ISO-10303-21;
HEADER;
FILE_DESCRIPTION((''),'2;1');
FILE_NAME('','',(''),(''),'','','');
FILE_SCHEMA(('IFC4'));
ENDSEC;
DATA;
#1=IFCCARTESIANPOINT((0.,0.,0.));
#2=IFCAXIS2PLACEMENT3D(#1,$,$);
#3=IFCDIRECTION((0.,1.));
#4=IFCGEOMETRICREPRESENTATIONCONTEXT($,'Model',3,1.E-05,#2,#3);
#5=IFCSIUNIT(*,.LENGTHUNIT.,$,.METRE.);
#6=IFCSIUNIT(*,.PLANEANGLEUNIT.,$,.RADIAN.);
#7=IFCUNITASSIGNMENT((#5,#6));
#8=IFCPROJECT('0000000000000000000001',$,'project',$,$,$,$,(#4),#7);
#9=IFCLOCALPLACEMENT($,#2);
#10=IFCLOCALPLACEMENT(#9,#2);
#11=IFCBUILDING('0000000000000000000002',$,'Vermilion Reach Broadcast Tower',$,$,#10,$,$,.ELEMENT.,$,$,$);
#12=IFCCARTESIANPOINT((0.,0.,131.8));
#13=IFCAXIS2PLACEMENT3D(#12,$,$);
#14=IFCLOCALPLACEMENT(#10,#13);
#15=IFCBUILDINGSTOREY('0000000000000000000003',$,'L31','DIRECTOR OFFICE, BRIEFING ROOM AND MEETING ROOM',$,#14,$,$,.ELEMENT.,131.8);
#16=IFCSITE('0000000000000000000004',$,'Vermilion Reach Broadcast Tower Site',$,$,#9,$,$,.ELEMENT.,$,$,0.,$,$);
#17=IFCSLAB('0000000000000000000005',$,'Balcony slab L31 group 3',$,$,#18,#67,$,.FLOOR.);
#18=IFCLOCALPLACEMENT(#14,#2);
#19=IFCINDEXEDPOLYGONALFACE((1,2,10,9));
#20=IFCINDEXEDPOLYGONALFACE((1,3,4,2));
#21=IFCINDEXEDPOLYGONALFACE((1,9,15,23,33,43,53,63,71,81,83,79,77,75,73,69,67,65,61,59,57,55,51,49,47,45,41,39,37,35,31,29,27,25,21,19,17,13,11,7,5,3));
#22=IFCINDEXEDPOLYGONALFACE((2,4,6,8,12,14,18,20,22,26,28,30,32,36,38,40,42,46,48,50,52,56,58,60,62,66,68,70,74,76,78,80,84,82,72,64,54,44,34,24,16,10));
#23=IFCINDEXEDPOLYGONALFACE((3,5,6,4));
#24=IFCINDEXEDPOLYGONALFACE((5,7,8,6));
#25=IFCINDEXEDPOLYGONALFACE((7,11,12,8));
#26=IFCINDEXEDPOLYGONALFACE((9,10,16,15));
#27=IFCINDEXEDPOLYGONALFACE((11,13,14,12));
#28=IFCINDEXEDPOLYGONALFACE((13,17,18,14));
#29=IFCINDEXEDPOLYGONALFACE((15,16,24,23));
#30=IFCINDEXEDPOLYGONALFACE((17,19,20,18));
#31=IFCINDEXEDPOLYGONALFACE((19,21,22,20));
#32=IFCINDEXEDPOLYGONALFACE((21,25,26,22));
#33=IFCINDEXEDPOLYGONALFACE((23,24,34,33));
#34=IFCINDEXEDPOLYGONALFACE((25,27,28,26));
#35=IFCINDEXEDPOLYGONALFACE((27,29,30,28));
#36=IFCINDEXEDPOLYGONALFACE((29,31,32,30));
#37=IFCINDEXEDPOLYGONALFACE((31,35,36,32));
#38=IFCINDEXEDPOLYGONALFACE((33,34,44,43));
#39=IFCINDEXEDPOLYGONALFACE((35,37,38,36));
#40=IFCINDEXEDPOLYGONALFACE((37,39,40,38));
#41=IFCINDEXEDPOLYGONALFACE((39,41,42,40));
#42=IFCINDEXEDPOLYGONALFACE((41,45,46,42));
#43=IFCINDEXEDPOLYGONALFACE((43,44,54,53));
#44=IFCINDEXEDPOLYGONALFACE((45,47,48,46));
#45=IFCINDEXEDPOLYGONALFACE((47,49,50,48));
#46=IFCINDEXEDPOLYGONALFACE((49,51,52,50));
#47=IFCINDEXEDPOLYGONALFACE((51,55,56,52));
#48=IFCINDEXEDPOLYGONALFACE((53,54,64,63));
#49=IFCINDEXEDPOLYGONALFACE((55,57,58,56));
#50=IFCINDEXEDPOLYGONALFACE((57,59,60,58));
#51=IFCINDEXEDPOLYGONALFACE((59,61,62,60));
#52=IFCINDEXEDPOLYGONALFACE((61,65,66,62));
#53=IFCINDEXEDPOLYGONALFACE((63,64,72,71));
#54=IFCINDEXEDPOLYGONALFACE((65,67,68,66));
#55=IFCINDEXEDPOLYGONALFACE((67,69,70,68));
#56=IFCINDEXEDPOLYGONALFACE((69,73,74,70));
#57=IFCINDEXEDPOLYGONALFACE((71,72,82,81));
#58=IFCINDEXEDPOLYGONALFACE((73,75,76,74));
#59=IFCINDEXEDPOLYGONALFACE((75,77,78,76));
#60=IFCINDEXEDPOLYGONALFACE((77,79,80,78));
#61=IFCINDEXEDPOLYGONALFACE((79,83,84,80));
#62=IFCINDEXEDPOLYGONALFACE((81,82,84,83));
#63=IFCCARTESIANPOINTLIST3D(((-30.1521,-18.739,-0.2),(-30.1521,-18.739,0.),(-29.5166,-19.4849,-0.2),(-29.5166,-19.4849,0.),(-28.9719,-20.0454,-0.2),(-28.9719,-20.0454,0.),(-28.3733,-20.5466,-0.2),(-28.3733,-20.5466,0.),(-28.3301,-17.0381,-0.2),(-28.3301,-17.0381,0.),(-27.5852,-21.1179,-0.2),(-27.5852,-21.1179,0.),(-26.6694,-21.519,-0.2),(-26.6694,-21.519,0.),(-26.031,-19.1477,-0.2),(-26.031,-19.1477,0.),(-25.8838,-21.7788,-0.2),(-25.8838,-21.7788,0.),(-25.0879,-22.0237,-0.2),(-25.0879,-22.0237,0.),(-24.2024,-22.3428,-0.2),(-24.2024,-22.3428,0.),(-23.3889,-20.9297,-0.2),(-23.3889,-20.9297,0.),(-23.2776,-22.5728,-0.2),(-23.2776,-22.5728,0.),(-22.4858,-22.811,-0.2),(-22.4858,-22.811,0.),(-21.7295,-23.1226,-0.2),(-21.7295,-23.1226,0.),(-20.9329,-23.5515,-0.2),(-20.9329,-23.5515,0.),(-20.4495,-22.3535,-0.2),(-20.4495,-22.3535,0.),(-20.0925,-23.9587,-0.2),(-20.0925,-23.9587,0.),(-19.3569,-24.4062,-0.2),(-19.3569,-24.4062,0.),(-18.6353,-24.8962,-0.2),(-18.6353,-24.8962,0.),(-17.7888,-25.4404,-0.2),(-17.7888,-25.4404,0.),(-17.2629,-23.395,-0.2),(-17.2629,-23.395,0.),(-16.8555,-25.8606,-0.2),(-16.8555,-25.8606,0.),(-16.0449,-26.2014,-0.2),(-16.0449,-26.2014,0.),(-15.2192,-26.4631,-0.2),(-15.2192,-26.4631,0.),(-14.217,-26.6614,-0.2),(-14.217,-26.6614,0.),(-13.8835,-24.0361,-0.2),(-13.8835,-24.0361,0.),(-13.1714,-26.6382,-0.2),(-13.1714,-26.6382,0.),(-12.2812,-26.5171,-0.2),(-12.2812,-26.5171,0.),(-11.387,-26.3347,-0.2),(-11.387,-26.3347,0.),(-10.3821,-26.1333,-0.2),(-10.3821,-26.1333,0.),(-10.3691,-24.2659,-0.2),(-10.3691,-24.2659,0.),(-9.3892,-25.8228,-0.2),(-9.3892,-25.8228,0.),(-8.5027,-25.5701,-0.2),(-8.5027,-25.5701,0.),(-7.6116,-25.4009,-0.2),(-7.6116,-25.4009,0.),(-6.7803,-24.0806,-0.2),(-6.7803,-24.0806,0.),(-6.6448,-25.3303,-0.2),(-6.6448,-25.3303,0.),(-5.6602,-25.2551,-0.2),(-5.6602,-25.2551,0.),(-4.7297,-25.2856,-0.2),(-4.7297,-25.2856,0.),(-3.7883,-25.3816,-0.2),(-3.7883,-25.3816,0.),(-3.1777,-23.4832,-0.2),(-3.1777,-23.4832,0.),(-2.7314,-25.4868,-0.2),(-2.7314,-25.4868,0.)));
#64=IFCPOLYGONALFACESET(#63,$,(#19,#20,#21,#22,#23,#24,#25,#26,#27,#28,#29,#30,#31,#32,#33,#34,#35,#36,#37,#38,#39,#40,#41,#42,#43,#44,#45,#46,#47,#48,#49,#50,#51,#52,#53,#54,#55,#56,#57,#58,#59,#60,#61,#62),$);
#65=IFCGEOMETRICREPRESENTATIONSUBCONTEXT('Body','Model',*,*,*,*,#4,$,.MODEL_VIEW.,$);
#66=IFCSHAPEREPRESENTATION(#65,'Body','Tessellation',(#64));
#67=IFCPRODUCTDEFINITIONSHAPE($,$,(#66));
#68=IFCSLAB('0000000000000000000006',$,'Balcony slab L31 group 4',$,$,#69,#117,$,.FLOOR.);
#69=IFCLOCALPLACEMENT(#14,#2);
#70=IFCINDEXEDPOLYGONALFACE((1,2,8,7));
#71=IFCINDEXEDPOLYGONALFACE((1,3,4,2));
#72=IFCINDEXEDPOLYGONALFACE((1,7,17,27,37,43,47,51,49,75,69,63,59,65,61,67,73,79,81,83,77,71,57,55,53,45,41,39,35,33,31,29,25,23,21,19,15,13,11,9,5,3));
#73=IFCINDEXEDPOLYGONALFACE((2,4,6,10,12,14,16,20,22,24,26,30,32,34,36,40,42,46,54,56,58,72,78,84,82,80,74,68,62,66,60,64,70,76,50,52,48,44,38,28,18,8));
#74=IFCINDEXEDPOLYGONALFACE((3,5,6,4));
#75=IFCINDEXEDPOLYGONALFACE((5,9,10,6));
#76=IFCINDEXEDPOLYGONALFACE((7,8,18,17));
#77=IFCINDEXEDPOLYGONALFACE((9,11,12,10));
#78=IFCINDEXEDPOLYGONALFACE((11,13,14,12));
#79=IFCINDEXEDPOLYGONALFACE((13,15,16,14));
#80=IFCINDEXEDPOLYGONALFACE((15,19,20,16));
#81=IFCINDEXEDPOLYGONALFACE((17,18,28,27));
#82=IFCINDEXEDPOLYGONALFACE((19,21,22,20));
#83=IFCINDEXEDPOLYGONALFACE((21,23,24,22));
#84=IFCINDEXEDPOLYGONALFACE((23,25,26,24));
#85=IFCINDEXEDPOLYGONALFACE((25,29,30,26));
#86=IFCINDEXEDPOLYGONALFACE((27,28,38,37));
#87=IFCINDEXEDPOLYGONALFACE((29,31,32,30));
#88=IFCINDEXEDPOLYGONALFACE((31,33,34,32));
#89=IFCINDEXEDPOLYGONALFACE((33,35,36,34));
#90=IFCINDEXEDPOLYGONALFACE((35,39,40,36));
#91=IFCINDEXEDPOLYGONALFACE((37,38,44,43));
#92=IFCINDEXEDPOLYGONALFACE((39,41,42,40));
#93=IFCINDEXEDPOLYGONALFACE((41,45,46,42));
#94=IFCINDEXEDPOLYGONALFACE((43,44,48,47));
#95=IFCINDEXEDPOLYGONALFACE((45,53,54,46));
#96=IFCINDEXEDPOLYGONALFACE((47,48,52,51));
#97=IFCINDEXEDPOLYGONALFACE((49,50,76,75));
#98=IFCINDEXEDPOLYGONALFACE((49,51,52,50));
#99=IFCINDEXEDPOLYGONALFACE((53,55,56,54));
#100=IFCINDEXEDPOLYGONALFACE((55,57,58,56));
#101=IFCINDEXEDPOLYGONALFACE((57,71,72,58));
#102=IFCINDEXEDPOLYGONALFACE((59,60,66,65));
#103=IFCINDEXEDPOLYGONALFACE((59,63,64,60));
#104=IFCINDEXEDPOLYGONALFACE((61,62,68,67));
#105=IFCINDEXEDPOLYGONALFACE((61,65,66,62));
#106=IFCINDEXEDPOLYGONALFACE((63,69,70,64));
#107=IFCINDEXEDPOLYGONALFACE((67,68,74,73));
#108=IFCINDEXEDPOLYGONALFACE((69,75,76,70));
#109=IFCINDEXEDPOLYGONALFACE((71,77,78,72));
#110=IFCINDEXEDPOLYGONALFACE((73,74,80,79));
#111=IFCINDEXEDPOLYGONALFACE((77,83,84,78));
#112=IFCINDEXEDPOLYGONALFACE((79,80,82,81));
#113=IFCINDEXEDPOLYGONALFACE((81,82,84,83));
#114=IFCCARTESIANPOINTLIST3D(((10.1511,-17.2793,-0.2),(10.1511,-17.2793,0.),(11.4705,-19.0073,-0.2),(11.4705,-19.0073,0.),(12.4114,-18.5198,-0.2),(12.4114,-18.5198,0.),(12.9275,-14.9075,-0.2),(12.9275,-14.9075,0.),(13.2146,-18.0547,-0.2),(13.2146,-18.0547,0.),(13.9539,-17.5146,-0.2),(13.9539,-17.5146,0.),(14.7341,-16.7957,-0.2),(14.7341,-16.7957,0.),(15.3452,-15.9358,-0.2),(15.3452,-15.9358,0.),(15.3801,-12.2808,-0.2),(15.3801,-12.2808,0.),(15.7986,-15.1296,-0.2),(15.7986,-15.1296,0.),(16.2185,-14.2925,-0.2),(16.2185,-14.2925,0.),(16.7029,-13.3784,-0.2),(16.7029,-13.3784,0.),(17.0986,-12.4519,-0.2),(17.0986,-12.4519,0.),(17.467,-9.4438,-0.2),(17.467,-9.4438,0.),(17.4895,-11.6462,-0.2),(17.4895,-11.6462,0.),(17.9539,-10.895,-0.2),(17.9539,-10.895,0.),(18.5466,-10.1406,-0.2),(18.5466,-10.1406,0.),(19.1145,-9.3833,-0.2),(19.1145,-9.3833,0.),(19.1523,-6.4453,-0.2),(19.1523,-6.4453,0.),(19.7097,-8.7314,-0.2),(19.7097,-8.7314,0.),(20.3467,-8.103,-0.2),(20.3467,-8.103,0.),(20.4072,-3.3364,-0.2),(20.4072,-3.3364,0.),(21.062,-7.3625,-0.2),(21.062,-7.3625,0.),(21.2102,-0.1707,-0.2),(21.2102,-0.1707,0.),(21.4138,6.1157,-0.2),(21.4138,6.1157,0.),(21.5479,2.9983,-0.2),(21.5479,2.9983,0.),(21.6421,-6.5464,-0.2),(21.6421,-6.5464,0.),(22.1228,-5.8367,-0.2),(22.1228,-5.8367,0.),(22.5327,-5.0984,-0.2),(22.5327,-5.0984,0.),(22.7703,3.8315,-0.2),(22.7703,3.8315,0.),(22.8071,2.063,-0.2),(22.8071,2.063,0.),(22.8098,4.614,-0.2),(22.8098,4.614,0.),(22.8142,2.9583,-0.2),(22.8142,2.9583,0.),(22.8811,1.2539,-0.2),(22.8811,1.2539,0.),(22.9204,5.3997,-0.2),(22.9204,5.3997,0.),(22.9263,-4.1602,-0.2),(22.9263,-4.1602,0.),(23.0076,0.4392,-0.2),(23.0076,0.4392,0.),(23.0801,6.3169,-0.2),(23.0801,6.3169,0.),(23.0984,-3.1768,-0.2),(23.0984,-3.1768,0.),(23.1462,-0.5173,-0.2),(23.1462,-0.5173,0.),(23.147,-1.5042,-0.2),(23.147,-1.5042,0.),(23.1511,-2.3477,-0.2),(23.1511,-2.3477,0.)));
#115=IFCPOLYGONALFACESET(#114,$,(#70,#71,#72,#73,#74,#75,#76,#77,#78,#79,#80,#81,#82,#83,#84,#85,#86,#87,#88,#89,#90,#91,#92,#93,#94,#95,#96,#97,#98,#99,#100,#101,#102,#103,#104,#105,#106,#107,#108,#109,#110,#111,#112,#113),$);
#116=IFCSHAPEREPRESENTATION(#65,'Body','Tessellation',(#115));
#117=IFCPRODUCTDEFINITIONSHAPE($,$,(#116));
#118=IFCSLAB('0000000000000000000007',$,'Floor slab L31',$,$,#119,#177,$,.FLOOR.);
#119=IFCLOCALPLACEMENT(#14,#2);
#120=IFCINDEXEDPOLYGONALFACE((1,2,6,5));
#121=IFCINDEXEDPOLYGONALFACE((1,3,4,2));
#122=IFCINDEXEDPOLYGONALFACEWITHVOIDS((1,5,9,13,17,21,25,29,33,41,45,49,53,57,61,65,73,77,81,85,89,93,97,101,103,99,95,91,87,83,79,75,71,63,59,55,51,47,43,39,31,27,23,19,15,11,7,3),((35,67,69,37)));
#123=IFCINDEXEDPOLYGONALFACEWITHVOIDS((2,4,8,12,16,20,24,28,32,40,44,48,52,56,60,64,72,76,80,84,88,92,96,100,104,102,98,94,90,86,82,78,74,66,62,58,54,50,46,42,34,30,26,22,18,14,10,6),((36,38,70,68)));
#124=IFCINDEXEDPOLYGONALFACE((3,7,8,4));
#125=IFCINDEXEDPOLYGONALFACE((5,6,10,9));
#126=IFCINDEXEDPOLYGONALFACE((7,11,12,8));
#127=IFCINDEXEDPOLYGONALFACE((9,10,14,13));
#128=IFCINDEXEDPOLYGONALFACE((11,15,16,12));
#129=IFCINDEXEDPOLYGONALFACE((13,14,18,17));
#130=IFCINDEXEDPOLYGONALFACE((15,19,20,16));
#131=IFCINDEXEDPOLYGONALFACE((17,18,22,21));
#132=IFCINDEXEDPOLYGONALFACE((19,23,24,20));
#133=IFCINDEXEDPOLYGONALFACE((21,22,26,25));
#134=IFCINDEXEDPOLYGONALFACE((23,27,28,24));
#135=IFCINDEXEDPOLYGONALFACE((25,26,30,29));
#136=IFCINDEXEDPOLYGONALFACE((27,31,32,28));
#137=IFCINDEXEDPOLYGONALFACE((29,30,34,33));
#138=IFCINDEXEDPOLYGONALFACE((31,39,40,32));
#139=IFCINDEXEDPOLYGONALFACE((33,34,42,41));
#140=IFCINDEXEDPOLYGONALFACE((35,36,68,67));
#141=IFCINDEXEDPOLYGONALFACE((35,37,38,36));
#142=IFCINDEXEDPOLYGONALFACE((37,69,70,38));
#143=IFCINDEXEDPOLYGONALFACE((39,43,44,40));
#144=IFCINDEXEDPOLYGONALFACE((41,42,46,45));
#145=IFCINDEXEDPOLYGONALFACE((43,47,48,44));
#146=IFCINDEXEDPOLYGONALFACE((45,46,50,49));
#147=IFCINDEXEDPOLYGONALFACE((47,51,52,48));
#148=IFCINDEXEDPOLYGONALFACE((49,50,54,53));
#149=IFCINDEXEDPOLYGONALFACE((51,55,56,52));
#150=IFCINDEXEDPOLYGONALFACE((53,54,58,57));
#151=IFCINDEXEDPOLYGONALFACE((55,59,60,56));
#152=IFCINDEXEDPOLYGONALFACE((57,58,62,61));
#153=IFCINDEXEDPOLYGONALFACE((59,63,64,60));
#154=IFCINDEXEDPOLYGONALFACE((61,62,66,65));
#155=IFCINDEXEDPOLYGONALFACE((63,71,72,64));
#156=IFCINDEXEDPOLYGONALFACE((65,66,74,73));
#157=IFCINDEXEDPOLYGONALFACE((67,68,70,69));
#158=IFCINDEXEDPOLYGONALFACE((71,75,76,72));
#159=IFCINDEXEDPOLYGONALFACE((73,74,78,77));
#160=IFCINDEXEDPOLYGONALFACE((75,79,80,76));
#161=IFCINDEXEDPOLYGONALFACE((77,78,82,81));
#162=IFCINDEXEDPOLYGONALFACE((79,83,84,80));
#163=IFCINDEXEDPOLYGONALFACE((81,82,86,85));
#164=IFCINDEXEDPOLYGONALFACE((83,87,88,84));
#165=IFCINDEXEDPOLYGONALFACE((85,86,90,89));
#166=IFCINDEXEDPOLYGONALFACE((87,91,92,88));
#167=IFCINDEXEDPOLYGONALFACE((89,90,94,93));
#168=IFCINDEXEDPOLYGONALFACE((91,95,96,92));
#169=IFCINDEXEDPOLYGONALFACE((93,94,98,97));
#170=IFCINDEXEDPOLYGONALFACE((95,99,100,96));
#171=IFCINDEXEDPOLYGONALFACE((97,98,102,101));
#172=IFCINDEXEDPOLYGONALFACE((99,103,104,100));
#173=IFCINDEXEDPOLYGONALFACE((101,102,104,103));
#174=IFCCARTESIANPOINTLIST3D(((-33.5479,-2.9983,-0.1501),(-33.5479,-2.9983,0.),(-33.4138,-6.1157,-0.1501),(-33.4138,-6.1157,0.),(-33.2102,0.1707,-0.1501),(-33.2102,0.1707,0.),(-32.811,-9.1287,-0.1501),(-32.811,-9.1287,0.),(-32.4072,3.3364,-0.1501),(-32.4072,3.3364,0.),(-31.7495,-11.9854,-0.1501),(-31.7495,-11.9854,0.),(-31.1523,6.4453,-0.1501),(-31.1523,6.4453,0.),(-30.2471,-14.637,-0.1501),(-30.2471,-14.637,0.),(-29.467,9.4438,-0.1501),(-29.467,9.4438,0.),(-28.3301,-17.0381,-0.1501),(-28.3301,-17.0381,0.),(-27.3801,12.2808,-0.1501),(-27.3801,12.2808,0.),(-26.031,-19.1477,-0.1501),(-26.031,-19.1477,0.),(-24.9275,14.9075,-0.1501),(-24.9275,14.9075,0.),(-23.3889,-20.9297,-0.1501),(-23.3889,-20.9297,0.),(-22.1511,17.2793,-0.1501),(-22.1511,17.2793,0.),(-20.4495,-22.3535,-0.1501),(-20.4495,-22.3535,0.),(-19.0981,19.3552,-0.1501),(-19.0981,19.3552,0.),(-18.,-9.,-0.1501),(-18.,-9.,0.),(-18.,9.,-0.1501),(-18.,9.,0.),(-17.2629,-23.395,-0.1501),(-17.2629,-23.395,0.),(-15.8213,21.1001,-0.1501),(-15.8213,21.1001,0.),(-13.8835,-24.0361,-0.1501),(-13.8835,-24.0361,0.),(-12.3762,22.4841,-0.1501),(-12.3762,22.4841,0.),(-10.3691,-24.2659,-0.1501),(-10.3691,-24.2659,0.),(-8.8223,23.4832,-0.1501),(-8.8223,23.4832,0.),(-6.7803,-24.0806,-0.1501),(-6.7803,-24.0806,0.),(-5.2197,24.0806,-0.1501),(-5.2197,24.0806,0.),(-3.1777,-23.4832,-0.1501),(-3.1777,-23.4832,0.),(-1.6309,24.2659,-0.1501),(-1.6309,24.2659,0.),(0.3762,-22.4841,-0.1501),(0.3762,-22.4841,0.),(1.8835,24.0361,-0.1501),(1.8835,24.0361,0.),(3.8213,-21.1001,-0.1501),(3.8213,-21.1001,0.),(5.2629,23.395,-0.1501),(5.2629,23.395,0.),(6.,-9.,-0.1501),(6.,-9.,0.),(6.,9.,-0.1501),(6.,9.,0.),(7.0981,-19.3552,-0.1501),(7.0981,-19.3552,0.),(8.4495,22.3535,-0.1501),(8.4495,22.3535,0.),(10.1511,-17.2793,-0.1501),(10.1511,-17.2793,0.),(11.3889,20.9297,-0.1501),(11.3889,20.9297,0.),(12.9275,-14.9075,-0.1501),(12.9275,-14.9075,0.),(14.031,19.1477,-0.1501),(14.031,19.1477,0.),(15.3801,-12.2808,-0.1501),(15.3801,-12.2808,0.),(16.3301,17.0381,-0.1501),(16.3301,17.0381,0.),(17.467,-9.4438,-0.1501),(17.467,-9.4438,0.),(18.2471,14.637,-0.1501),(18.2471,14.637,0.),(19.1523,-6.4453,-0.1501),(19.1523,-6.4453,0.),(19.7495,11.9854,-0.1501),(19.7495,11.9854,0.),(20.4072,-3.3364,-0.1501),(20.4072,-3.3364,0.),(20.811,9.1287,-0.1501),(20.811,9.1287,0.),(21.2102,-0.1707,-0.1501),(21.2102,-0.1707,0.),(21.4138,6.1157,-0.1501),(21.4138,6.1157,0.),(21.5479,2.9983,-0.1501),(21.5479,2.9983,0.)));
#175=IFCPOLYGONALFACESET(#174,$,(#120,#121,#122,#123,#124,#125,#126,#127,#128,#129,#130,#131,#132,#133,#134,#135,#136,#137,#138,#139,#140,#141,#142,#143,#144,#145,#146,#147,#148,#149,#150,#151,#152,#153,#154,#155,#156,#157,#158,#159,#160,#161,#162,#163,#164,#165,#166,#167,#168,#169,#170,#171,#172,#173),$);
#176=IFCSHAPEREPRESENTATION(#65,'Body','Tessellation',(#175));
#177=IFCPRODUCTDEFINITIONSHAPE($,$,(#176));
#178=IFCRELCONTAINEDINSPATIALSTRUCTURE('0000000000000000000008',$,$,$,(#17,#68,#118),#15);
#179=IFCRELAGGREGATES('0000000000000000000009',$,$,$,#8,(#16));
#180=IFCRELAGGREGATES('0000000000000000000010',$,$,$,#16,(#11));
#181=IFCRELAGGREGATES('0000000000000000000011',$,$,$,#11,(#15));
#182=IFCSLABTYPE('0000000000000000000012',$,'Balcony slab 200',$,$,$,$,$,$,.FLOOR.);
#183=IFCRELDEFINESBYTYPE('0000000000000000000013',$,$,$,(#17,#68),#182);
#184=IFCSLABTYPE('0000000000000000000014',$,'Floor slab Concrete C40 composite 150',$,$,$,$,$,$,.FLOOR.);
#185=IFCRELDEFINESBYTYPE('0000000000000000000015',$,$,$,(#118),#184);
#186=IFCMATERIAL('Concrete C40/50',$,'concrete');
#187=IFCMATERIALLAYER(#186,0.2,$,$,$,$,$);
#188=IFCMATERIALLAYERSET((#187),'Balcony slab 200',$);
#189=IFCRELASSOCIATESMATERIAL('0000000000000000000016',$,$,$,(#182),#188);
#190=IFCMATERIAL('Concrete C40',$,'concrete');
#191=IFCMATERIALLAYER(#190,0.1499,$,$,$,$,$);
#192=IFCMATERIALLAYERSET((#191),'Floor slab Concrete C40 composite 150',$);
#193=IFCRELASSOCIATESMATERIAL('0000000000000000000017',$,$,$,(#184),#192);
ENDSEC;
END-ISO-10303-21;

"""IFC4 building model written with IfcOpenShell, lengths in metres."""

from ifc_helpers import new_model, si_unit, direction, frame, origin, place, context, subcontext, project, spatial, polyline, outline, extrude, material, layer, layer_set, type_object, element, save


model = new_model("IFC4")

# Units and contexts
model_context = context("Model", 3, precision=1e-05, world=origin(), true_north=direction((0.0, 1.0)))
body_context = subcontext(model_context, "Body", "Model", "MODEL_VIEW")
ifc_project = project(units=[si_unit("LENGTHUNIT", "METRE"), si_unit("PLANEANGLEUNIT", "RADIAN")], contexts=[model_context])

# Site, building, storey
site_placement = place(None, origin())
site = spatial("IfcSite", under=ifc_project, at=site_placement, Name="Vermilion Reach Broadcast Tower Site", CompositionType="ELEMENT", RefElevation=0.0)
building_placement = place(site_placement, origin())
building = spatial("IfcBuilding", under=site, at=building_placement, Name="Vermilion Reach Broadcast Tower", CompositionType="ELEMENT")
storey_placement = place(building_placement, frame((0.0, 0.0, 131.8)))
storey = spatial("IfcBuildingStorey", under=building, at=storey_placement, Name="L31", Description="DIRECTOR OFFICE, BRIEFING ROOM AND MEETING ROOM", CompositionType="ELEMENT", Elevation=131.8)

# Slabs
ifc_material_1 = material(Name="Concrete C40/50", Category="concrete")
ifc_layer_1 = layer(ifc_material_1, 0.2)
ifc_layer_set_1 = layer_set([ifc_layer_1], Name="Balcony slab 200")
slab_type_1 = type_object("IfcSlabType", Name="Balcony slab 200", PredefinedType="FLOOR", material=ifc_layer_set_1)
placement_1 = place(storey_placement, frame((0.0, 0.0, -0.2)))
element("IfcSlab", 1, at=placement_1, inside=storey, type_object=slab_type_1, Name="Balcony slab L31 group 3", PredefinedType="FLOOR", context=body_context, shape_type="SweptSolid", body=[
    extrude(outline(polyline([(-28.3301, -17.0381), (-26.031, -19.1477), (-23.3889, -20.9297), (-20.4495, -22.3535), (-17.2629, -23.395), (-13.8835, -24.0361), (-10.3691, -24.2659), (-6.7803, -24.0806), (-3.1777, -23.4832), (-2.7314, -25.4868), (-3.7883, -25.3816), (-4.7297, -25.2856), (-5.6602, -25.2551), (-6.6448, -25.3303), (-7.6116, -25.4009), (-8.5027, -25.5701), (-9.3892, -25.8228), (-10.3821, -26.1333), (-11.387, -26.3347), (-12.2812, -26.5171), (-13.1714, -26.6382), (-14.217, -26.6614), (-15.2192, -26.4631), (-16.0449, -26.2014), (-16.8555, -25.8606), (-17.7888, -25.4404), (-18.6353, -24.8962), (-19.3569, -24.4062), (-20.0925, -23.9587), (-20.9329, -23.5515), (-21.7295, -23.1226), (-22.4858, -22.811), (-23.2776, -22.5728), (-24.2024, -22.3428), (-25.0879, -22.0237), (-25.8838, -21.7788), (-26.6694, -21.519), (-27.5852, -21.1179), (-28.3733, -20.5466), (-28.9719, -20.0454), (-29.5166, -19.4849), (-30.1521, -18.739), (-28.3301, -17.0381)])), origin(), (0.0, 0.0, 1.0), 0.2),
])
element("IfcSlab", 2, at=placement_1, inside=storey, type_object=slab_type_1, Name="Balcony slab L31 group 4", PredefinedType="FLOOR", context=body_context, shape_type="SweptSolid", body=[
    extrude(outline(polyline([(10.1511, -17.2793), (12.9275, -14.9075), (15.3801, -12.2808), (17.467, -9.4438), (19.1523, -6.4453), (20.4072, -3.3364), (21.2102, -0.1707), (21.5479, 2.9983), (21.4138, 6.1157), (23.0801, 6.3169), (22.9204, 5.3997), (22.8098, 4.614), (22.7703, 3.8315), (22.8142, 2.9583), (22.8071, 2.063), (22.8811, 1.2539), (23.0076, 0.4392), (23.1462, -0.5173), (23.147, -1.5042), (23.1511, -2.3477), (23.0984, -3.1768), (22.9263, -4.1602), (22.5327, -5.0984), (22.1228, -5.8367), (21.6421, -6.5464), (21.062, -7.3625), (20.3467, -8.103), (19.7097, -8.7314), (19.1145, -9.3833), (18.5466, -10.1406), (17.9539, -10.895), (17.4895, -11.6462), (17.0986, -12.4519), (16.7029, -13.3784), (16.2185, -14.2925), (15.7986, -15.1296), (15.3452, -15.9358), (14.7341, -16.7957), (13.9539, -17.5146), (13.2146, -18.0547), (12.4114, -18.5198), (11.4705, -19.0073), (10.1511, -17.2793)])), origin(), (0.0, 0.0, 1.0), 0.2),
])
ifc_material_2 = material(Name="Concrete C40", Category="concrete")
ifc_layer_2 = layer(ifc_material_2, 0.1499)
ifc_layer_set_2 = layer_set([ifc_layer_2], Name="Floor slab Concrete C40 composite 150")
slab_type_2 = type_object("IfcSlabType", Name="Floor slab Concrete C40 composite 150", PredefinedType="FLOOR", material=ifc_layer_set_2)
slab_1_placement = place(storey_placement, frame((0.0, 0.0, -0.1501)))
element("IfcSlab", 3, at=slab_1_placement, inside=storey, type_object=slab_type_2, Name="Floor slab L31", PredefinedType="FLOOR", context=body_context, shape_type="SweptSolid", body=[
    extrude(outline(polyline([(19.7495, 11.9854), (18.2471, 14.637), (16.3301, 17.0381), (14.031, 19.1477), (11.3889, 20.9297), (8.4495, 22.3535), (5.2629, 23.395), (1.8835, 24.0361), (-1.6309, 24.2659), (-5.2197, 24.0806), (-8.8223, 23.4832), (-12.3762, 22.4841), (-15.8213, 21.1001), (-19.0981, 19.3552), (-22.1511, 17.2793), (-24.9275, 14.9075), (-27.3801, 12.2808), (-29.467, 9.4438), (-31.1523, 6.4453), (-32.4072, 3.3364), (-33.2102, 0.1707), (-33.5479, -2.9983), (-33.4138, -6.1157), (-32.811, -9.1287), (-31.7495, -11.9854), (-30.2471, -14.637), (-28.3301, -17.0381), (-26.031, -19.1477), (-23.3889, -20.9297), (-20.4495, -22.3535), (-17.2629, -23.395), (-13.8835, -24.0361), (-10.3691, -24.2659), (-6.7803, -24.0806), (-3.1777, -23.4832), (0.3762, -22.4841), (3.8213, -21.1001), (7.0981, -19.3552), (10.1511, -17.2793), (12.9275, -14.9075), (15.3801, -12.2808), (17.467, -9.4438), (19.1523, -6.4453), (20.4072, -3.3364), (21.2102, -0.1707), (21.5479, 2.9983), (21.4138, 6.1157), (20.811, 9.1287), (19.7495, 11.9854)]), holes=[polyline([(-18.0, -9.0), (6.0, -9.0), (6.0, 9.0), (-18.0, 9.0), (-18.0, -9.0)])]), origin(), (0.0, 0.0, 1.0), 0.1501),
])

save(model, "model.ifc")
